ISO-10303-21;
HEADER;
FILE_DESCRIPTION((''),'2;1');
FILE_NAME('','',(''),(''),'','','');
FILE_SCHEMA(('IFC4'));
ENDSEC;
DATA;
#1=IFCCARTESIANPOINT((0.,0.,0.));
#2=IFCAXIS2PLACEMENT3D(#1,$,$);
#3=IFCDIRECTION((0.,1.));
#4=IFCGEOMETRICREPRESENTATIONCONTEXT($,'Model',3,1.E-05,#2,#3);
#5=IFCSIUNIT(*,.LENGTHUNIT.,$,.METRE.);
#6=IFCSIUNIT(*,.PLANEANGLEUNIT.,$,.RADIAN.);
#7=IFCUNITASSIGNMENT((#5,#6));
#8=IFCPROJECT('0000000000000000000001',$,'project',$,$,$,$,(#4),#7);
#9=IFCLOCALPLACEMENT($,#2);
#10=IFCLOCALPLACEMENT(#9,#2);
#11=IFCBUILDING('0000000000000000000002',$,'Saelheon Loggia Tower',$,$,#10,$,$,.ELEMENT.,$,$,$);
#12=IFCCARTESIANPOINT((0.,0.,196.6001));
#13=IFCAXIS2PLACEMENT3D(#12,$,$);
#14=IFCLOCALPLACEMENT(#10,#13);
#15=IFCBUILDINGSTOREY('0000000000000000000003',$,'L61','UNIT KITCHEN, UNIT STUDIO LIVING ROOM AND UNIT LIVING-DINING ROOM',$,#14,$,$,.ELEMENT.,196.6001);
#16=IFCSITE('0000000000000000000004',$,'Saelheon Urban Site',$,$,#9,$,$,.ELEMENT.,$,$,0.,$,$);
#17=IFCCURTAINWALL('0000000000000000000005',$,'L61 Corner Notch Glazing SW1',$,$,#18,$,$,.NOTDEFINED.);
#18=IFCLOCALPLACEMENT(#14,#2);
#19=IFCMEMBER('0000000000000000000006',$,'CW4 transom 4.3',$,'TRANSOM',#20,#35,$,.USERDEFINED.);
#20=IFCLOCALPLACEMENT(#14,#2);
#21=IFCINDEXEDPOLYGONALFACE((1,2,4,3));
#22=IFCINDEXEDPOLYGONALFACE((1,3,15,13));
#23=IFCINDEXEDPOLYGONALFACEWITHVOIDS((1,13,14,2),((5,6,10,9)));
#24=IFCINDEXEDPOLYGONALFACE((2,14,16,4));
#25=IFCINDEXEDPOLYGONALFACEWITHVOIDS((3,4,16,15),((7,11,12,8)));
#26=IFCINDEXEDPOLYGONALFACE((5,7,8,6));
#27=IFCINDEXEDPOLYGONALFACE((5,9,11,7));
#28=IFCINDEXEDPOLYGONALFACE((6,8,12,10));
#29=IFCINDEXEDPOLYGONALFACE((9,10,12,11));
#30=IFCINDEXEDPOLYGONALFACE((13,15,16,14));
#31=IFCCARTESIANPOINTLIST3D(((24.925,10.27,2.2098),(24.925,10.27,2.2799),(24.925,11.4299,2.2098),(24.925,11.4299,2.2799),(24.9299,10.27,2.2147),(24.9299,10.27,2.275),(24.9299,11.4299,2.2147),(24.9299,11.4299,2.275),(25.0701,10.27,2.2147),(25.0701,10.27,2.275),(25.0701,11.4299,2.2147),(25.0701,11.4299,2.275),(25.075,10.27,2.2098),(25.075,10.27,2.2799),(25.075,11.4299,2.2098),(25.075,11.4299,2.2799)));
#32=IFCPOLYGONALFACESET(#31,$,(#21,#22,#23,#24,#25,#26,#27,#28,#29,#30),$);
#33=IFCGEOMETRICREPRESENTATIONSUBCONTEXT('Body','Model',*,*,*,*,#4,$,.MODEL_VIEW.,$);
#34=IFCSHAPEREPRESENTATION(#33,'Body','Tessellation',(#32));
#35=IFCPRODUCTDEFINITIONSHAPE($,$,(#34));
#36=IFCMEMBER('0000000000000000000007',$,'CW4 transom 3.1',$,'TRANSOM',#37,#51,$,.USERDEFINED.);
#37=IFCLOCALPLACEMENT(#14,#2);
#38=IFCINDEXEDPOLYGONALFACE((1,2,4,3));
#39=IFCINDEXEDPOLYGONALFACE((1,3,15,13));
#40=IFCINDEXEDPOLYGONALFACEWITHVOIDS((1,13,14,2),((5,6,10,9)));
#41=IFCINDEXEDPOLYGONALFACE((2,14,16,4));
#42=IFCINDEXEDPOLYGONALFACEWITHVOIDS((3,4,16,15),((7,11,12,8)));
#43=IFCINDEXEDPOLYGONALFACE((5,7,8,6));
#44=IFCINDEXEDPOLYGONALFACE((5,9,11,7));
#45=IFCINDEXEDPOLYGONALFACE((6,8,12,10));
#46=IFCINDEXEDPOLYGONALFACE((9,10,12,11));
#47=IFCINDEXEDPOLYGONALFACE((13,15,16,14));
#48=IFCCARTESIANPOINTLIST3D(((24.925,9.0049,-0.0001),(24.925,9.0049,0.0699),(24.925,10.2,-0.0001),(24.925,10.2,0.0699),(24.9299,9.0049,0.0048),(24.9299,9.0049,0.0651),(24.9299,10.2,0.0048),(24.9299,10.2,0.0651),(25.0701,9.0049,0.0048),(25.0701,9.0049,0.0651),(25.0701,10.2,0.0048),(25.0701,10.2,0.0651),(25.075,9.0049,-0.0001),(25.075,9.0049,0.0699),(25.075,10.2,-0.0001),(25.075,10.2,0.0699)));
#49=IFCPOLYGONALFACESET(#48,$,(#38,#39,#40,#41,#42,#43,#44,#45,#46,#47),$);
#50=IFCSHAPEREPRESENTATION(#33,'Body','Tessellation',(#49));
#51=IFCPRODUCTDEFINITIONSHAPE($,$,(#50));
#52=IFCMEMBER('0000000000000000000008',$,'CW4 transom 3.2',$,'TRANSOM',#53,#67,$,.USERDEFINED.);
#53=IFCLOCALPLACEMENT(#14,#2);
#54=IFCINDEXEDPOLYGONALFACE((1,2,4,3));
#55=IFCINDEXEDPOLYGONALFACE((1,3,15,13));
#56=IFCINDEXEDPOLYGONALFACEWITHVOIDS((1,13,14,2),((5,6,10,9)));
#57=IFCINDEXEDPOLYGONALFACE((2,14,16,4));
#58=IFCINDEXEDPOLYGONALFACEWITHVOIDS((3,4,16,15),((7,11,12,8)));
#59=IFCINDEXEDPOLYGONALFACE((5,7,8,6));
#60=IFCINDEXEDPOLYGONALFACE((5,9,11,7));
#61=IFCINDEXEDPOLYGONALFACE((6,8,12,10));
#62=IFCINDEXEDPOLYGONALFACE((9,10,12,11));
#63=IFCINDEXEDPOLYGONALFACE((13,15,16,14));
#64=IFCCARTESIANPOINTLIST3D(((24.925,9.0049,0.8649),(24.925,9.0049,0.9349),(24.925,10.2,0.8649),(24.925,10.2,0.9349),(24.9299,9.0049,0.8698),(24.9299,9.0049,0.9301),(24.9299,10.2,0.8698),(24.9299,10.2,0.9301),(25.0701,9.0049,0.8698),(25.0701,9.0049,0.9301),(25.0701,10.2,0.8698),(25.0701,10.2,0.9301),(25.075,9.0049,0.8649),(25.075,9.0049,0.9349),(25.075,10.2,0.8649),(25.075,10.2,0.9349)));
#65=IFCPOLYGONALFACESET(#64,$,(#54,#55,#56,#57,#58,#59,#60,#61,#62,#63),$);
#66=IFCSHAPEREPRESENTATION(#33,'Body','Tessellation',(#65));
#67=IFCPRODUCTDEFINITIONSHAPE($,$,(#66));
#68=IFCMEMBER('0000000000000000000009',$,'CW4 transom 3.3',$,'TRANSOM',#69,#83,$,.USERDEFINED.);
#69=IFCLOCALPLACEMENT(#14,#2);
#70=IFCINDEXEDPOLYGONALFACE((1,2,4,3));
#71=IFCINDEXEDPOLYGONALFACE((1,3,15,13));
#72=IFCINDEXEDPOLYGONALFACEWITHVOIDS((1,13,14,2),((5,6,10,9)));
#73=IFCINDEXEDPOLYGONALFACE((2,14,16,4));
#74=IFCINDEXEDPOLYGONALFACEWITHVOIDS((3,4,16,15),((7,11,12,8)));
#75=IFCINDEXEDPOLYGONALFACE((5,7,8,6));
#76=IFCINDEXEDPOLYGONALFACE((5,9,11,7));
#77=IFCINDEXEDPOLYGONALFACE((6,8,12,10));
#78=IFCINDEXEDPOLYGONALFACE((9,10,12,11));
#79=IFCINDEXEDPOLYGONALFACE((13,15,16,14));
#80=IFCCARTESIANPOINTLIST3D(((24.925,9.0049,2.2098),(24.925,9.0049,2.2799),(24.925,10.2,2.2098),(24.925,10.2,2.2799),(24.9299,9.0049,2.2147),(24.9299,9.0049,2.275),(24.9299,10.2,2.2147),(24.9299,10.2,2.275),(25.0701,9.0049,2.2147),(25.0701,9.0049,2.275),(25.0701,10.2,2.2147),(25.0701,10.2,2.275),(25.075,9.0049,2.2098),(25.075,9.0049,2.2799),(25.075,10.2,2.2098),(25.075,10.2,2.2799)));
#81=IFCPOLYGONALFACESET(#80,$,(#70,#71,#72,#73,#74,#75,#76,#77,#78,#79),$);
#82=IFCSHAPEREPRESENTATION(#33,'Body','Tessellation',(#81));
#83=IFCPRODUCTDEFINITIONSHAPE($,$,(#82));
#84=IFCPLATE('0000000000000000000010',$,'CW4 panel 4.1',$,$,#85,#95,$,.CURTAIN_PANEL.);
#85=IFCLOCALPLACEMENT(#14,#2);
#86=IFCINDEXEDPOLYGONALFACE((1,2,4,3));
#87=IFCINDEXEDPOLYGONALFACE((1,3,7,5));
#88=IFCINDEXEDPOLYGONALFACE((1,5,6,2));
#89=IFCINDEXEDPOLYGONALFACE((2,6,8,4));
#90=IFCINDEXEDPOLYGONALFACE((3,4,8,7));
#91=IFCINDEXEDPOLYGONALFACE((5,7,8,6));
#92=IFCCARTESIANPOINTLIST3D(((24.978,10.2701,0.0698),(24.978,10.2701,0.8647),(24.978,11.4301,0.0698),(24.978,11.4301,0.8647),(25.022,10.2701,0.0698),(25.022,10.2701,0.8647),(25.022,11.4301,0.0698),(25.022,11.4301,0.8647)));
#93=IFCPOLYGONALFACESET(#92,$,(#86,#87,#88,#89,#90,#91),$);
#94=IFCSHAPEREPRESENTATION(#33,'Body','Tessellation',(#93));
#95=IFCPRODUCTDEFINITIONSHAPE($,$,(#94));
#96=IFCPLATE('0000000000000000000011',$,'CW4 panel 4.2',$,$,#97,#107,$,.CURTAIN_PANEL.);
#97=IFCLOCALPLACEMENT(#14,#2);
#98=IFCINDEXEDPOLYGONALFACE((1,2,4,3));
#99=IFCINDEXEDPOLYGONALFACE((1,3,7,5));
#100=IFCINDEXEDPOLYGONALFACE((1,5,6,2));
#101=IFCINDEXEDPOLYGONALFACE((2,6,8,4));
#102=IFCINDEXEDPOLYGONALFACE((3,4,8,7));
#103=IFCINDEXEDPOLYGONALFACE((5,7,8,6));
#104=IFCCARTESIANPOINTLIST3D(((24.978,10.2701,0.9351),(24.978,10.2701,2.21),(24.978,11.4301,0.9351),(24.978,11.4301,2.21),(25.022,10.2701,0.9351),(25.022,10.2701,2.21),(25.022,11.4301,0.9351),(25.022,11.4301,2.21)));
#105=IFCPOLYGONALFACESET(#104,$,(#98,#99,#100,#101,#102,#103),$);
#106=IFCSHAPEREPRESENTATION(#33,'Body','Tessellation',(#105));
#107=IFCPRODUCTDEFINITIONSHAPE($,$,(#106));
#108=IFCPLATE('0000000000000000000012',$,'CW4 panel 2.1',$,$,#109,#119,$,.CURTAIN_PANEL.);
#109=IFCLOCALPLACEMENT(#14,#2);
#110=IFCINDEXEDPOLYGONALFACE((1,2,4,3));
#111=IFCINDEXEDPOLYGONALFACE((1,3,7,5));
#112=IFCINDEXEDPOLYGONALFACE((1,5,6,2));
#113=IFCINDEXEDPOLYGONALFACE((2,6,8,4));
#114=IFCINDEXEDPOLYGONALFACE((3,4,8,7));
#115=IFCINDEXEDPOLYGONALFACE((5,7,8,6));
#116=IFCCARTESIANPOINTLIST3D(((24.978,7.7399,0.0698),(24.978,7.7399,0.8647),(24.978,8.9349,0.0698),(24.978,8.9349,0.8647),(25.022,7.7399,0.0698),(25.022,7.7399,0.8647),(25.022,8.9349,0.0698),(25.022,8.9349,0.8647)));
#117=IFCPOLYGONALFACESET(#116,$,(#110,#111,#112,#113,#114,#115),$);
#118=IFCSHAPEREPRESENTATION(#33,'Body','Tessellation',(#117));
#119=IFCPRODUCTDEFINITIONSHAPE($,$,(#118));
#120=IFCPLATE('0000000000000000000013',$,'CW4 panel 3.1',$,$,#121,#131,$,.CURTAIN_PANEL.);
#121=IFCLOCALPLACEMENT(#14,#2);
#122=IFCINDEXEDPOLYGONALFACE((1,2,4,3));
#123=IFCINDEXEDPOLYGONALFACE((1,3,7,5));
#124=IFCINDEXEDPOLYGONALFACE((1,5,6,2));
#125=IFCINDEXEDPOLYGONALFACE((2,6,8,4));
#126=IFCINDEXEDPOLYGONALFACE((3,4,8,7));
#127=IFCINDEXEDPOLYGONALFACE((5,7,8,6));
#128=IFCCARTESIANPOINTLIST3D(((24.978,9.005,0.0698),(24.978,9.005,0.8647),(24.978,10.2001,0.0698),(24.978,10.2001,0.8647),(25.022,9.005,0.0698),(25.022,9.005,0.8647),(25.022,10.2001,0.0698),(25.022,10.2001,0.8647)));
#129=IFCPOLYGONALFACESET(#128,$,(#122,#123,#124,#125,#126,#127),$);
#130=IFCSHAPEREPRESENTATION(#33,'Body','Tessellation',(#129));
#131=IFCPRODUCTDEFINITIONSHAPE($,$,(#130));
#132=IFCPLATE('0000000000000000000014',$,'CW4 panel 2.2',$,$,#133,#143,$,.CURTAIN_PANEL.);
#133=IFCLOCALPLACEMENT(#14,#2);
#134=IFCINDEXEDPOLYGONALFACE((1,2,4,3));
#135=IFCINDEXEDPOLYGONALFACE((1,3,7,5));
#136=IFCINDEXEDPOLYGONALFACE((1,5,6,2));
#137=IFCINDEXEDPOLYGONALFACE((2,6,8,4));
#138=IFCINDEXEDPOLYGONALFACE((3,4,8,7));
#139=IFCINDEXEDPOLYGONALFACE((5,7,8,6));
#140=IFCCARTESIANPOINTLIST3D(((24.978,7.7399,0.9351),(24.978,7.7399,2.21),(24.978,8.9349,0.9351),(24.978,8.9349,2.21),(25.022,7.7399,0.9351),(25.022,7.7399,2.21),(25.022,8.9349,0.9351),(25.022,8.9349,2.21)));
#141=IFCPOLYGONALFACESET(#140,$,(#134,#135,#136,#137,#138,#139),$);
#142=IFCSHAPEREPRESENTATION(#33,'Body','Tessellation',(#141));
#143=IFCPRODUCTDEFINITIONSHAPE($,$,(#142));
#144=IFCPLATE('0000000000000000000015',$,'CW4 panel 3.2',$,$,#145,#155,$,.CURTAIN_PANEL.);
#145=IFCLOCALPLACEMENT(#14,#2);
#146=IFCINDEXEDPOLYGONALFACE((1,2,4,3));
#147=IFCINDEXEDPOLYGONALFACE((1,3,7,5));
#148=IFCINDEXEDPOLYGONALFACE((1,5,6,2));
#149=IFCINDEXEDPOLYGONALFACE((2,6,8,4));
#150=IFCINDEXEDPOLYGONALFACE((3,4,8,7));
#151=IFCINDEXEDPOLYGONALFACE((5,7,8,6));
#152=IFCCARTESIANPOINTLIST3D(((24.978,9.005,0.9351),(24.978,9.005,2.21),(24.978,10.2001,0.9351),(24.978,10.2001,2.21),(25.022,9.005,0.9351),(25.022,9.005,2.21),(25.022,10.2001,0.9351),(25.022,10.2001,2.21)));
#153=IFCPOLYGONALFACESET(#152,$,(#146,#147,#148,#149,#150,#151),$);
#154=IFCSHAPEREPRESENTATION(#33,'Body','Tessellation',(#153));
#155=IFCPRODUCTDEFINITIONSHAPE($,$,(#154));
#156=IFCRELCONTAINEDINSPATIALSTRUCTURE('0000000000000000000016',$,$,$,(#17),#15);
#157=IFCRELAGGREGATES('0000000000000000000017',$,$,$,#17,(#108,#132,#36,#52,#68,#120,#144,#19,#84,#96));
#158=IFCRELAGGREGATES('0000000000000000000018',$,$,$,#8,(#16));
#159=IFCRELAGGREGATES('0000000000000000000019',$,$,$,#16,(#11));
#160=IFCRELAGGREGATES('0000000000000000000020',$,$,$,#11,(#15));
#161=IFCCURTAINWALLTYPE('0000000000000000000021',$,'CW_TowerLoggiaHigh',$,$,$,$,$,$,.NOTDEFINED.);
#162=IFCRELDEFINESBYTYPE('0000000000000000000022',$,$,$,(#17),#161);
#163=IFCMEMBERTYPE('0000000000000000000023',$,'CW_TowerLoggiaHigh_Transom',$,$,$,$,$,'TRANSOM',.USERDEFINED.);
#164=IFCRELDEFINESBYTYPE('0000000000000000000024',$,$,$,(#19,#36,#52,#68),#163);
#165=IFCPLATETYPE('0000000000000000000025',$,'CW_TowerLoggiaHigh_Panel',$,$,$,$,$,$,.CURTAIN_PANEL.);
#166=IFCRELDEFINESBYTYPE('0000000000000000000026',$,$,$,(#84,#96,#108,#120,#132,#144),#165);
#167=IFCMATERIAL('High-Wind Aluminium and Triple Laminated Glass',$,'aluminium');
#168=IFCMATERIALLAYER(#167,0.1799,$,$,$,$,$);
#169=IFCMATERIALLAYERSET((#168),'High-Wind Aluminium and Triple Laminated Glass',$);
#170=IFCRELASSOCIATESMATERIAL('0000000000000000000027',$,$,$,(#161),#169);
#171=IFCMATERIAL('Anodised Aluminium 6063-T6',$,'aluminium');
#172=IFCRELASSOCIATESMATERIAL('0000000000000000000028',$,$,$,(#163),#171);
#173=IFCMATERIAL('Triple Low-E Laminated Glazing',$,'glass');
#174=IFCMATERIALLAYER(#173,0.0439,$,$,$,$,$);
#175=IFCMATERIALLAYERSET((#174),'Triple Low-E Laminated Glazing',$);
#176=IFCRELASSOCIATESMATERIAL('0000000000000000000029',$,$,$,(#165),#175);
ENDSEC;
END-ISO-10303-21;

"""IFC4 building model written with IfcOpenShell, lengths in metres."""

from ifc_helpers import new_model, si_unit, direction, frame, origin, origin_2d, place, context, subcontext, project, spatial, rectangle, hollow_rectangle, extrude, source, transform, mapped, material, layer, layer_set, material_profile, profile_set, type_object, element, aggregate, save


model = new_model("IFC4")

# Units and contexts
model_context = context("Model", 3, precision=1e-05, world=origin(), true_north=direction((0.0, 1.0)))
body_context = subcontext(model_context, "Body", "Model", "MODEL_VIEW")
ifc_project = project(units=[si_unit("LENGTHUNIT", "METRE"), si_unit("PLANEANGLEUNIT", "RADIAN")], contexts=[model_context])

# Site, building, storey
site_placement = place(None, origin())
site = spatial("IfcSite", under=ifc_project, at=site_placement, Name="Saelheon Urban Site", CompositionType="ELEMENT", RefElevation=0.0)
building_placement = place(site_placement, origin())
building = spatial("IfcBuilding", under=site, at=building_placement, Name="Saelheon Loggia Tower", CompositionType="ELEMENT")
storey_placement = place(building_placement, frame((0.0, 0.0, 196.6001)))
storey = spatial("IfcBuildingStorey", under=building, at=storey_placement, Name="L61", Description="UNIT KITCHEN, UNIT STUDIO LIVING ROOM AND UNIT LIVING-DINING ROOM", CompositionType="ELEMENT", Elevation=196.6001)

# Curtain wall, members, plates
ifc_material_1 = material(Name="High-Wind Aluminium and Triple Laminated Glass", Category="aluminium")
ifc_layer_1 = layer(ifc_material_1, 0.1799)
ifc_layer_set_1 = layer_set([ifc_layer_1], Name="High-Wind Aluminium and Triple Laminated Glass")
curtain_wall_type = type_object("IfcCurtainWallType", Name="CW_TowerLoggiaHigh", PredefinedType="NOTDEFINED", material=ifc_layer_set_1)
curtain_wall_placement = place(storey_placement, origin())
curtain_wall = element("IfcCurtainWall", 1, at=curtain_wall_placement, inside=storey, type_object=curtain_wall_type, Name="L61 Corner Notch Glazing SW1", PredefinedType="NOTDEFINED")
ifc_material_2 = material(Name="Anodised Aluminium 6063-T6", Category="aluminium")
ifc_material_profile_1 = material_profile(ifc_material_2, hollow_rectangle(XDim=0.0701, YDim=0.1499, WallThickness=0.0049, at=origin_2d()), Name="RHS-150x70x5")
ifc_profile_set_1 = profile_set([ifc_material_profile_1], Name="Anodised Aluminium 6063-T6")
member_type_1 = type_object("IfcMemberType", Name="CW_TowerLoggiaHigh_Transom", ElementType="TRANSOM", PredefinedType="USERDEFINED", material=ifc_profile_set_1)
shared_shape_1 = source(origin(), body_context, "Body", "SweptSolid", [
    extrude(hollow_rectangle(XDim=0.0701, YDim=0.1499, WallThickness=0.0049, at=origin_2d()), origin(), (0.0, 0.0, 1.0), 1.1599),
])
member_1_placement = place(storey_placement, frame((25.0, 10.27, 2.2449), z_axis=(0.0, 1.0, 0.0), x_axis=(0.0, 0.0, 1.0)))
member_1 = element("IfcMember", 2, at=member_1_placement, type_object=member_type_1, Name="CW4 transom 4.3", ObjectType="TRANSOM", PredefinedType="USERDEFINED", context=body_context, shape_type="MappedRepresentation", body=[
    mapped(shared_shape_1, transform((0.0, 0.0, 0.0), scale=1.0)),
])
shared_shape_2 = source(origin(), body_context, "Body", "SweptSolid", [
    extrude(hollow_rectangle(XDim=0.0701, YDim=0.1499, WallThickness=0.0049, at=origin_2d()), origin(), (0.0, 0.0, 1.0), 1.1951),
])
member_2_placement = place(storey_placement, frame((25.0, 9.0049, 0.0349), z_axis=(0.0, 1.0, 0.0), x_axis=(0.0, 0.0, 1.0)))
member_2 = element("IfcMember", 3, at=member_2_placement, type_object=member_type_1, Name="CW4 transom 3.1", ObjectType="TRANSOM", PredefinedType="USERDEFINED", context=body_context, shape_type="MappedRepresentation", body=[
    mapped(shared_shape_2, transform((0.0, 0.0, 0.0), scale=1.0)),
])
member_3_placement = place(storey_placement, frame((25.0, 9.0049, 0.8999), z_axis=(0.0, 1.0, 0.0), x_axis=(0.0, 0.0, 1.0)))
member_3 = element("IfcMember", 4, at=member_3_placement, type_object=member_type_1, Name="CW4 transom 3.2", ObjectType="TRANSOM", PredefinedType="USERDEFINED", context=body_context, shape_type="MappedRepresentation", body=[
    mapped(shared_shape_2, transform((0.0, 0.0, 0.0), scale=1.0)),
])
member_4_placement = place(storey_placement, frame((25.0, 9.0049, 2.2449), z_axis=(0.0, 1.0, 0.0), x_axis=(0.0, 0.0, 1.0)))
member_4 = element("IfcMember", 5, at=member_4_placement, type_object=member_type_1, Name="CW4 transom 3.3", ObjectType="TRANSOM", PredefinedType="USERDEFINED", context=body_context, shape_type="MappedRepresentation", body=[
    mapped(shared_shape_2, transform((0.0, 0.0, 0.0), scale=1.0)),
])
ifc_material_3 = material(Name="Triple Low-E Laminated Glazing", Category="glass")
ifc_layer_2 = layer(ifc_material_3, 0.0439)
ifc_layer_set_2 = layer_set([ifc_layer_2], Name="Triple Low-E Laminated Glazing")
plate_type = type_object("IfcPlateType", Name="CW_TowerLoggiaHigh_Panel", PredefinedType="CURTAIN_PANEL", material=ifc_layer_set_2)
shared_shape_3 = source(origin(), body_context, "Body", "SweptSolid", [
    extrude(rectangle(XDim=1.1599, YDim=0.0439, at=origin_2d()), origin(), (0.0, 0.0, 1.0), 0.7949),
])
plate_1_placement = place(storey_placement, frame((25.0, 10.8501, 0.0698), z_axis=(0.0, 0.0, 1.0), x_axis=(0.0, 1.0, 0.0)))
plate_1 = element("IfcPlate", 6, at=plate_1_placement, type_object=plate_type, Name="CW4 panel 4.1", PredefinedType="CURTAIN_PANEL", context=body_context, shape_type="MappedRepresentation", body=[
    mapped(shared_shape_3, transform((0.0, 0.0, 0.0), scale=1.0)),
])
shared_shape_4 = source(origin(), body_context, "Body", "SweptSolid", [
    extrude(rectangle(XDim=1.1599, YDim=0.0439, at=origin_2d()), origin(), (0.0, 0.0, 1.0), 1.2749),
])
plate_2_placement = place(storey_placement, frame((25.0, 10.8501, 0.9351), z_axis=(0.0, 0.0, 1.0), x_axis=(0.0, 1.0, 0.0)))
plate_2 = element("IfcPlate", 7, at=plate_2_placement, type_object=plate_type, Name="CW4 panel 4.2", PredefinedType="CURTAIN_PANEL", context=body_context, shape_type="MappedRepresentation", body=[
    mapped(shared_shape_4, transform((0.0, 0.0, 0.0), scale=1.0)),
])
shared_shape_5 = source(origin(), body_context, "Body", "SweptSolid", [
    extrude(rectangle(XDim=1.1951, YDim=0.0439, at=origin_2d()), origin(), (0.0, 0.0, 1.0), 0.7949),
])
plate_3_placement = place(storey_placement, frame((25.0, 8.3374, 0.0698), z_axis=(0.0, 0.0, 1.0), x_axis=(0.0, 1.0, 0.0)))
plate_3 = element("IfcPlate", 8, at=plate_3_placement, type_object=plate_type, Name="CW4 panel 2.1", PredefinedType="CURTAIN_PANEL", context=body_context, shape_type="MappedRepresentation", body=[
    mapped(shared_shape_5, transform((0.0, 0.0, 0.0), scale=1.0)),
])
plate_4_placement = place(storey_placement, frame((25.0, 9.6025, 0.0698), z_axis=(0.0, 0.0, 1.0), x_axis=(0.0, 1.0, 0.0)))
plate_4 = element("IfcPlate", 9, at=plate_4_placement, type_object=plate_type, Name="CW4 panel 3.1", PredefinedType="CURTAIN_PANEL", context=body_context, shape_type="MappedRepresentation", body=[
    mapped(shared_shape_5, transform((0.0, 0.0, 0.0), scale=1.0)),
])
shared_shape_6 = source(origin(), body_context, "Body", "SweptSolid", [
    extrude(rectangle(XDim=1.1951, YDim=0.0439, at=origin_2d()), origin(), (0.0, 0.0, 1.0), 1.2749),
])
plate_5_placement = place(storey_placement, frame((25.0, 8.3374, 0.9351), z_axis=(0.0, 0.0, 1.0), x_axis=(0.0, 1.0, 0.0)))
plate_5 = element("IfcPlate", 10, at=plate_5_placement, type_object=plate_type, Name="CW4 panel 2.2", PredefinedType="CURTAIN_PANEL", context=body_context, shape_type="MappedRepresentation", body=[
    mapped(shared_shape_6, transform((0.0, 0.0, 0.0), scale=1.0)),
])
plate_6_placement = place(storey_placement, frame((25.0, 9.6025, 0.9351), z_axis=(0.0, 0.0, 1.0), x_axis=(0.0, 1.0, 0.0)))
plate_6 = element("IfcPlate", 11, at=plate_6_placement, type_object=plate_type, Name="CW4 panel 3.2", PredefinedType="CURTAIN_PANEL", context=body_context, shape_type="MappedRepresentation", body=[
    mapped(shared_shape_6, transform((0.0, 0.0, 0.0), scale=1.0)),
])
aggregate(curtain_wall, [plate_3, plate_5, member_2, member_3, member_4, plate_4, plate_6, member_1, plate_1, plate_2])

save(model, "model.ifc")
